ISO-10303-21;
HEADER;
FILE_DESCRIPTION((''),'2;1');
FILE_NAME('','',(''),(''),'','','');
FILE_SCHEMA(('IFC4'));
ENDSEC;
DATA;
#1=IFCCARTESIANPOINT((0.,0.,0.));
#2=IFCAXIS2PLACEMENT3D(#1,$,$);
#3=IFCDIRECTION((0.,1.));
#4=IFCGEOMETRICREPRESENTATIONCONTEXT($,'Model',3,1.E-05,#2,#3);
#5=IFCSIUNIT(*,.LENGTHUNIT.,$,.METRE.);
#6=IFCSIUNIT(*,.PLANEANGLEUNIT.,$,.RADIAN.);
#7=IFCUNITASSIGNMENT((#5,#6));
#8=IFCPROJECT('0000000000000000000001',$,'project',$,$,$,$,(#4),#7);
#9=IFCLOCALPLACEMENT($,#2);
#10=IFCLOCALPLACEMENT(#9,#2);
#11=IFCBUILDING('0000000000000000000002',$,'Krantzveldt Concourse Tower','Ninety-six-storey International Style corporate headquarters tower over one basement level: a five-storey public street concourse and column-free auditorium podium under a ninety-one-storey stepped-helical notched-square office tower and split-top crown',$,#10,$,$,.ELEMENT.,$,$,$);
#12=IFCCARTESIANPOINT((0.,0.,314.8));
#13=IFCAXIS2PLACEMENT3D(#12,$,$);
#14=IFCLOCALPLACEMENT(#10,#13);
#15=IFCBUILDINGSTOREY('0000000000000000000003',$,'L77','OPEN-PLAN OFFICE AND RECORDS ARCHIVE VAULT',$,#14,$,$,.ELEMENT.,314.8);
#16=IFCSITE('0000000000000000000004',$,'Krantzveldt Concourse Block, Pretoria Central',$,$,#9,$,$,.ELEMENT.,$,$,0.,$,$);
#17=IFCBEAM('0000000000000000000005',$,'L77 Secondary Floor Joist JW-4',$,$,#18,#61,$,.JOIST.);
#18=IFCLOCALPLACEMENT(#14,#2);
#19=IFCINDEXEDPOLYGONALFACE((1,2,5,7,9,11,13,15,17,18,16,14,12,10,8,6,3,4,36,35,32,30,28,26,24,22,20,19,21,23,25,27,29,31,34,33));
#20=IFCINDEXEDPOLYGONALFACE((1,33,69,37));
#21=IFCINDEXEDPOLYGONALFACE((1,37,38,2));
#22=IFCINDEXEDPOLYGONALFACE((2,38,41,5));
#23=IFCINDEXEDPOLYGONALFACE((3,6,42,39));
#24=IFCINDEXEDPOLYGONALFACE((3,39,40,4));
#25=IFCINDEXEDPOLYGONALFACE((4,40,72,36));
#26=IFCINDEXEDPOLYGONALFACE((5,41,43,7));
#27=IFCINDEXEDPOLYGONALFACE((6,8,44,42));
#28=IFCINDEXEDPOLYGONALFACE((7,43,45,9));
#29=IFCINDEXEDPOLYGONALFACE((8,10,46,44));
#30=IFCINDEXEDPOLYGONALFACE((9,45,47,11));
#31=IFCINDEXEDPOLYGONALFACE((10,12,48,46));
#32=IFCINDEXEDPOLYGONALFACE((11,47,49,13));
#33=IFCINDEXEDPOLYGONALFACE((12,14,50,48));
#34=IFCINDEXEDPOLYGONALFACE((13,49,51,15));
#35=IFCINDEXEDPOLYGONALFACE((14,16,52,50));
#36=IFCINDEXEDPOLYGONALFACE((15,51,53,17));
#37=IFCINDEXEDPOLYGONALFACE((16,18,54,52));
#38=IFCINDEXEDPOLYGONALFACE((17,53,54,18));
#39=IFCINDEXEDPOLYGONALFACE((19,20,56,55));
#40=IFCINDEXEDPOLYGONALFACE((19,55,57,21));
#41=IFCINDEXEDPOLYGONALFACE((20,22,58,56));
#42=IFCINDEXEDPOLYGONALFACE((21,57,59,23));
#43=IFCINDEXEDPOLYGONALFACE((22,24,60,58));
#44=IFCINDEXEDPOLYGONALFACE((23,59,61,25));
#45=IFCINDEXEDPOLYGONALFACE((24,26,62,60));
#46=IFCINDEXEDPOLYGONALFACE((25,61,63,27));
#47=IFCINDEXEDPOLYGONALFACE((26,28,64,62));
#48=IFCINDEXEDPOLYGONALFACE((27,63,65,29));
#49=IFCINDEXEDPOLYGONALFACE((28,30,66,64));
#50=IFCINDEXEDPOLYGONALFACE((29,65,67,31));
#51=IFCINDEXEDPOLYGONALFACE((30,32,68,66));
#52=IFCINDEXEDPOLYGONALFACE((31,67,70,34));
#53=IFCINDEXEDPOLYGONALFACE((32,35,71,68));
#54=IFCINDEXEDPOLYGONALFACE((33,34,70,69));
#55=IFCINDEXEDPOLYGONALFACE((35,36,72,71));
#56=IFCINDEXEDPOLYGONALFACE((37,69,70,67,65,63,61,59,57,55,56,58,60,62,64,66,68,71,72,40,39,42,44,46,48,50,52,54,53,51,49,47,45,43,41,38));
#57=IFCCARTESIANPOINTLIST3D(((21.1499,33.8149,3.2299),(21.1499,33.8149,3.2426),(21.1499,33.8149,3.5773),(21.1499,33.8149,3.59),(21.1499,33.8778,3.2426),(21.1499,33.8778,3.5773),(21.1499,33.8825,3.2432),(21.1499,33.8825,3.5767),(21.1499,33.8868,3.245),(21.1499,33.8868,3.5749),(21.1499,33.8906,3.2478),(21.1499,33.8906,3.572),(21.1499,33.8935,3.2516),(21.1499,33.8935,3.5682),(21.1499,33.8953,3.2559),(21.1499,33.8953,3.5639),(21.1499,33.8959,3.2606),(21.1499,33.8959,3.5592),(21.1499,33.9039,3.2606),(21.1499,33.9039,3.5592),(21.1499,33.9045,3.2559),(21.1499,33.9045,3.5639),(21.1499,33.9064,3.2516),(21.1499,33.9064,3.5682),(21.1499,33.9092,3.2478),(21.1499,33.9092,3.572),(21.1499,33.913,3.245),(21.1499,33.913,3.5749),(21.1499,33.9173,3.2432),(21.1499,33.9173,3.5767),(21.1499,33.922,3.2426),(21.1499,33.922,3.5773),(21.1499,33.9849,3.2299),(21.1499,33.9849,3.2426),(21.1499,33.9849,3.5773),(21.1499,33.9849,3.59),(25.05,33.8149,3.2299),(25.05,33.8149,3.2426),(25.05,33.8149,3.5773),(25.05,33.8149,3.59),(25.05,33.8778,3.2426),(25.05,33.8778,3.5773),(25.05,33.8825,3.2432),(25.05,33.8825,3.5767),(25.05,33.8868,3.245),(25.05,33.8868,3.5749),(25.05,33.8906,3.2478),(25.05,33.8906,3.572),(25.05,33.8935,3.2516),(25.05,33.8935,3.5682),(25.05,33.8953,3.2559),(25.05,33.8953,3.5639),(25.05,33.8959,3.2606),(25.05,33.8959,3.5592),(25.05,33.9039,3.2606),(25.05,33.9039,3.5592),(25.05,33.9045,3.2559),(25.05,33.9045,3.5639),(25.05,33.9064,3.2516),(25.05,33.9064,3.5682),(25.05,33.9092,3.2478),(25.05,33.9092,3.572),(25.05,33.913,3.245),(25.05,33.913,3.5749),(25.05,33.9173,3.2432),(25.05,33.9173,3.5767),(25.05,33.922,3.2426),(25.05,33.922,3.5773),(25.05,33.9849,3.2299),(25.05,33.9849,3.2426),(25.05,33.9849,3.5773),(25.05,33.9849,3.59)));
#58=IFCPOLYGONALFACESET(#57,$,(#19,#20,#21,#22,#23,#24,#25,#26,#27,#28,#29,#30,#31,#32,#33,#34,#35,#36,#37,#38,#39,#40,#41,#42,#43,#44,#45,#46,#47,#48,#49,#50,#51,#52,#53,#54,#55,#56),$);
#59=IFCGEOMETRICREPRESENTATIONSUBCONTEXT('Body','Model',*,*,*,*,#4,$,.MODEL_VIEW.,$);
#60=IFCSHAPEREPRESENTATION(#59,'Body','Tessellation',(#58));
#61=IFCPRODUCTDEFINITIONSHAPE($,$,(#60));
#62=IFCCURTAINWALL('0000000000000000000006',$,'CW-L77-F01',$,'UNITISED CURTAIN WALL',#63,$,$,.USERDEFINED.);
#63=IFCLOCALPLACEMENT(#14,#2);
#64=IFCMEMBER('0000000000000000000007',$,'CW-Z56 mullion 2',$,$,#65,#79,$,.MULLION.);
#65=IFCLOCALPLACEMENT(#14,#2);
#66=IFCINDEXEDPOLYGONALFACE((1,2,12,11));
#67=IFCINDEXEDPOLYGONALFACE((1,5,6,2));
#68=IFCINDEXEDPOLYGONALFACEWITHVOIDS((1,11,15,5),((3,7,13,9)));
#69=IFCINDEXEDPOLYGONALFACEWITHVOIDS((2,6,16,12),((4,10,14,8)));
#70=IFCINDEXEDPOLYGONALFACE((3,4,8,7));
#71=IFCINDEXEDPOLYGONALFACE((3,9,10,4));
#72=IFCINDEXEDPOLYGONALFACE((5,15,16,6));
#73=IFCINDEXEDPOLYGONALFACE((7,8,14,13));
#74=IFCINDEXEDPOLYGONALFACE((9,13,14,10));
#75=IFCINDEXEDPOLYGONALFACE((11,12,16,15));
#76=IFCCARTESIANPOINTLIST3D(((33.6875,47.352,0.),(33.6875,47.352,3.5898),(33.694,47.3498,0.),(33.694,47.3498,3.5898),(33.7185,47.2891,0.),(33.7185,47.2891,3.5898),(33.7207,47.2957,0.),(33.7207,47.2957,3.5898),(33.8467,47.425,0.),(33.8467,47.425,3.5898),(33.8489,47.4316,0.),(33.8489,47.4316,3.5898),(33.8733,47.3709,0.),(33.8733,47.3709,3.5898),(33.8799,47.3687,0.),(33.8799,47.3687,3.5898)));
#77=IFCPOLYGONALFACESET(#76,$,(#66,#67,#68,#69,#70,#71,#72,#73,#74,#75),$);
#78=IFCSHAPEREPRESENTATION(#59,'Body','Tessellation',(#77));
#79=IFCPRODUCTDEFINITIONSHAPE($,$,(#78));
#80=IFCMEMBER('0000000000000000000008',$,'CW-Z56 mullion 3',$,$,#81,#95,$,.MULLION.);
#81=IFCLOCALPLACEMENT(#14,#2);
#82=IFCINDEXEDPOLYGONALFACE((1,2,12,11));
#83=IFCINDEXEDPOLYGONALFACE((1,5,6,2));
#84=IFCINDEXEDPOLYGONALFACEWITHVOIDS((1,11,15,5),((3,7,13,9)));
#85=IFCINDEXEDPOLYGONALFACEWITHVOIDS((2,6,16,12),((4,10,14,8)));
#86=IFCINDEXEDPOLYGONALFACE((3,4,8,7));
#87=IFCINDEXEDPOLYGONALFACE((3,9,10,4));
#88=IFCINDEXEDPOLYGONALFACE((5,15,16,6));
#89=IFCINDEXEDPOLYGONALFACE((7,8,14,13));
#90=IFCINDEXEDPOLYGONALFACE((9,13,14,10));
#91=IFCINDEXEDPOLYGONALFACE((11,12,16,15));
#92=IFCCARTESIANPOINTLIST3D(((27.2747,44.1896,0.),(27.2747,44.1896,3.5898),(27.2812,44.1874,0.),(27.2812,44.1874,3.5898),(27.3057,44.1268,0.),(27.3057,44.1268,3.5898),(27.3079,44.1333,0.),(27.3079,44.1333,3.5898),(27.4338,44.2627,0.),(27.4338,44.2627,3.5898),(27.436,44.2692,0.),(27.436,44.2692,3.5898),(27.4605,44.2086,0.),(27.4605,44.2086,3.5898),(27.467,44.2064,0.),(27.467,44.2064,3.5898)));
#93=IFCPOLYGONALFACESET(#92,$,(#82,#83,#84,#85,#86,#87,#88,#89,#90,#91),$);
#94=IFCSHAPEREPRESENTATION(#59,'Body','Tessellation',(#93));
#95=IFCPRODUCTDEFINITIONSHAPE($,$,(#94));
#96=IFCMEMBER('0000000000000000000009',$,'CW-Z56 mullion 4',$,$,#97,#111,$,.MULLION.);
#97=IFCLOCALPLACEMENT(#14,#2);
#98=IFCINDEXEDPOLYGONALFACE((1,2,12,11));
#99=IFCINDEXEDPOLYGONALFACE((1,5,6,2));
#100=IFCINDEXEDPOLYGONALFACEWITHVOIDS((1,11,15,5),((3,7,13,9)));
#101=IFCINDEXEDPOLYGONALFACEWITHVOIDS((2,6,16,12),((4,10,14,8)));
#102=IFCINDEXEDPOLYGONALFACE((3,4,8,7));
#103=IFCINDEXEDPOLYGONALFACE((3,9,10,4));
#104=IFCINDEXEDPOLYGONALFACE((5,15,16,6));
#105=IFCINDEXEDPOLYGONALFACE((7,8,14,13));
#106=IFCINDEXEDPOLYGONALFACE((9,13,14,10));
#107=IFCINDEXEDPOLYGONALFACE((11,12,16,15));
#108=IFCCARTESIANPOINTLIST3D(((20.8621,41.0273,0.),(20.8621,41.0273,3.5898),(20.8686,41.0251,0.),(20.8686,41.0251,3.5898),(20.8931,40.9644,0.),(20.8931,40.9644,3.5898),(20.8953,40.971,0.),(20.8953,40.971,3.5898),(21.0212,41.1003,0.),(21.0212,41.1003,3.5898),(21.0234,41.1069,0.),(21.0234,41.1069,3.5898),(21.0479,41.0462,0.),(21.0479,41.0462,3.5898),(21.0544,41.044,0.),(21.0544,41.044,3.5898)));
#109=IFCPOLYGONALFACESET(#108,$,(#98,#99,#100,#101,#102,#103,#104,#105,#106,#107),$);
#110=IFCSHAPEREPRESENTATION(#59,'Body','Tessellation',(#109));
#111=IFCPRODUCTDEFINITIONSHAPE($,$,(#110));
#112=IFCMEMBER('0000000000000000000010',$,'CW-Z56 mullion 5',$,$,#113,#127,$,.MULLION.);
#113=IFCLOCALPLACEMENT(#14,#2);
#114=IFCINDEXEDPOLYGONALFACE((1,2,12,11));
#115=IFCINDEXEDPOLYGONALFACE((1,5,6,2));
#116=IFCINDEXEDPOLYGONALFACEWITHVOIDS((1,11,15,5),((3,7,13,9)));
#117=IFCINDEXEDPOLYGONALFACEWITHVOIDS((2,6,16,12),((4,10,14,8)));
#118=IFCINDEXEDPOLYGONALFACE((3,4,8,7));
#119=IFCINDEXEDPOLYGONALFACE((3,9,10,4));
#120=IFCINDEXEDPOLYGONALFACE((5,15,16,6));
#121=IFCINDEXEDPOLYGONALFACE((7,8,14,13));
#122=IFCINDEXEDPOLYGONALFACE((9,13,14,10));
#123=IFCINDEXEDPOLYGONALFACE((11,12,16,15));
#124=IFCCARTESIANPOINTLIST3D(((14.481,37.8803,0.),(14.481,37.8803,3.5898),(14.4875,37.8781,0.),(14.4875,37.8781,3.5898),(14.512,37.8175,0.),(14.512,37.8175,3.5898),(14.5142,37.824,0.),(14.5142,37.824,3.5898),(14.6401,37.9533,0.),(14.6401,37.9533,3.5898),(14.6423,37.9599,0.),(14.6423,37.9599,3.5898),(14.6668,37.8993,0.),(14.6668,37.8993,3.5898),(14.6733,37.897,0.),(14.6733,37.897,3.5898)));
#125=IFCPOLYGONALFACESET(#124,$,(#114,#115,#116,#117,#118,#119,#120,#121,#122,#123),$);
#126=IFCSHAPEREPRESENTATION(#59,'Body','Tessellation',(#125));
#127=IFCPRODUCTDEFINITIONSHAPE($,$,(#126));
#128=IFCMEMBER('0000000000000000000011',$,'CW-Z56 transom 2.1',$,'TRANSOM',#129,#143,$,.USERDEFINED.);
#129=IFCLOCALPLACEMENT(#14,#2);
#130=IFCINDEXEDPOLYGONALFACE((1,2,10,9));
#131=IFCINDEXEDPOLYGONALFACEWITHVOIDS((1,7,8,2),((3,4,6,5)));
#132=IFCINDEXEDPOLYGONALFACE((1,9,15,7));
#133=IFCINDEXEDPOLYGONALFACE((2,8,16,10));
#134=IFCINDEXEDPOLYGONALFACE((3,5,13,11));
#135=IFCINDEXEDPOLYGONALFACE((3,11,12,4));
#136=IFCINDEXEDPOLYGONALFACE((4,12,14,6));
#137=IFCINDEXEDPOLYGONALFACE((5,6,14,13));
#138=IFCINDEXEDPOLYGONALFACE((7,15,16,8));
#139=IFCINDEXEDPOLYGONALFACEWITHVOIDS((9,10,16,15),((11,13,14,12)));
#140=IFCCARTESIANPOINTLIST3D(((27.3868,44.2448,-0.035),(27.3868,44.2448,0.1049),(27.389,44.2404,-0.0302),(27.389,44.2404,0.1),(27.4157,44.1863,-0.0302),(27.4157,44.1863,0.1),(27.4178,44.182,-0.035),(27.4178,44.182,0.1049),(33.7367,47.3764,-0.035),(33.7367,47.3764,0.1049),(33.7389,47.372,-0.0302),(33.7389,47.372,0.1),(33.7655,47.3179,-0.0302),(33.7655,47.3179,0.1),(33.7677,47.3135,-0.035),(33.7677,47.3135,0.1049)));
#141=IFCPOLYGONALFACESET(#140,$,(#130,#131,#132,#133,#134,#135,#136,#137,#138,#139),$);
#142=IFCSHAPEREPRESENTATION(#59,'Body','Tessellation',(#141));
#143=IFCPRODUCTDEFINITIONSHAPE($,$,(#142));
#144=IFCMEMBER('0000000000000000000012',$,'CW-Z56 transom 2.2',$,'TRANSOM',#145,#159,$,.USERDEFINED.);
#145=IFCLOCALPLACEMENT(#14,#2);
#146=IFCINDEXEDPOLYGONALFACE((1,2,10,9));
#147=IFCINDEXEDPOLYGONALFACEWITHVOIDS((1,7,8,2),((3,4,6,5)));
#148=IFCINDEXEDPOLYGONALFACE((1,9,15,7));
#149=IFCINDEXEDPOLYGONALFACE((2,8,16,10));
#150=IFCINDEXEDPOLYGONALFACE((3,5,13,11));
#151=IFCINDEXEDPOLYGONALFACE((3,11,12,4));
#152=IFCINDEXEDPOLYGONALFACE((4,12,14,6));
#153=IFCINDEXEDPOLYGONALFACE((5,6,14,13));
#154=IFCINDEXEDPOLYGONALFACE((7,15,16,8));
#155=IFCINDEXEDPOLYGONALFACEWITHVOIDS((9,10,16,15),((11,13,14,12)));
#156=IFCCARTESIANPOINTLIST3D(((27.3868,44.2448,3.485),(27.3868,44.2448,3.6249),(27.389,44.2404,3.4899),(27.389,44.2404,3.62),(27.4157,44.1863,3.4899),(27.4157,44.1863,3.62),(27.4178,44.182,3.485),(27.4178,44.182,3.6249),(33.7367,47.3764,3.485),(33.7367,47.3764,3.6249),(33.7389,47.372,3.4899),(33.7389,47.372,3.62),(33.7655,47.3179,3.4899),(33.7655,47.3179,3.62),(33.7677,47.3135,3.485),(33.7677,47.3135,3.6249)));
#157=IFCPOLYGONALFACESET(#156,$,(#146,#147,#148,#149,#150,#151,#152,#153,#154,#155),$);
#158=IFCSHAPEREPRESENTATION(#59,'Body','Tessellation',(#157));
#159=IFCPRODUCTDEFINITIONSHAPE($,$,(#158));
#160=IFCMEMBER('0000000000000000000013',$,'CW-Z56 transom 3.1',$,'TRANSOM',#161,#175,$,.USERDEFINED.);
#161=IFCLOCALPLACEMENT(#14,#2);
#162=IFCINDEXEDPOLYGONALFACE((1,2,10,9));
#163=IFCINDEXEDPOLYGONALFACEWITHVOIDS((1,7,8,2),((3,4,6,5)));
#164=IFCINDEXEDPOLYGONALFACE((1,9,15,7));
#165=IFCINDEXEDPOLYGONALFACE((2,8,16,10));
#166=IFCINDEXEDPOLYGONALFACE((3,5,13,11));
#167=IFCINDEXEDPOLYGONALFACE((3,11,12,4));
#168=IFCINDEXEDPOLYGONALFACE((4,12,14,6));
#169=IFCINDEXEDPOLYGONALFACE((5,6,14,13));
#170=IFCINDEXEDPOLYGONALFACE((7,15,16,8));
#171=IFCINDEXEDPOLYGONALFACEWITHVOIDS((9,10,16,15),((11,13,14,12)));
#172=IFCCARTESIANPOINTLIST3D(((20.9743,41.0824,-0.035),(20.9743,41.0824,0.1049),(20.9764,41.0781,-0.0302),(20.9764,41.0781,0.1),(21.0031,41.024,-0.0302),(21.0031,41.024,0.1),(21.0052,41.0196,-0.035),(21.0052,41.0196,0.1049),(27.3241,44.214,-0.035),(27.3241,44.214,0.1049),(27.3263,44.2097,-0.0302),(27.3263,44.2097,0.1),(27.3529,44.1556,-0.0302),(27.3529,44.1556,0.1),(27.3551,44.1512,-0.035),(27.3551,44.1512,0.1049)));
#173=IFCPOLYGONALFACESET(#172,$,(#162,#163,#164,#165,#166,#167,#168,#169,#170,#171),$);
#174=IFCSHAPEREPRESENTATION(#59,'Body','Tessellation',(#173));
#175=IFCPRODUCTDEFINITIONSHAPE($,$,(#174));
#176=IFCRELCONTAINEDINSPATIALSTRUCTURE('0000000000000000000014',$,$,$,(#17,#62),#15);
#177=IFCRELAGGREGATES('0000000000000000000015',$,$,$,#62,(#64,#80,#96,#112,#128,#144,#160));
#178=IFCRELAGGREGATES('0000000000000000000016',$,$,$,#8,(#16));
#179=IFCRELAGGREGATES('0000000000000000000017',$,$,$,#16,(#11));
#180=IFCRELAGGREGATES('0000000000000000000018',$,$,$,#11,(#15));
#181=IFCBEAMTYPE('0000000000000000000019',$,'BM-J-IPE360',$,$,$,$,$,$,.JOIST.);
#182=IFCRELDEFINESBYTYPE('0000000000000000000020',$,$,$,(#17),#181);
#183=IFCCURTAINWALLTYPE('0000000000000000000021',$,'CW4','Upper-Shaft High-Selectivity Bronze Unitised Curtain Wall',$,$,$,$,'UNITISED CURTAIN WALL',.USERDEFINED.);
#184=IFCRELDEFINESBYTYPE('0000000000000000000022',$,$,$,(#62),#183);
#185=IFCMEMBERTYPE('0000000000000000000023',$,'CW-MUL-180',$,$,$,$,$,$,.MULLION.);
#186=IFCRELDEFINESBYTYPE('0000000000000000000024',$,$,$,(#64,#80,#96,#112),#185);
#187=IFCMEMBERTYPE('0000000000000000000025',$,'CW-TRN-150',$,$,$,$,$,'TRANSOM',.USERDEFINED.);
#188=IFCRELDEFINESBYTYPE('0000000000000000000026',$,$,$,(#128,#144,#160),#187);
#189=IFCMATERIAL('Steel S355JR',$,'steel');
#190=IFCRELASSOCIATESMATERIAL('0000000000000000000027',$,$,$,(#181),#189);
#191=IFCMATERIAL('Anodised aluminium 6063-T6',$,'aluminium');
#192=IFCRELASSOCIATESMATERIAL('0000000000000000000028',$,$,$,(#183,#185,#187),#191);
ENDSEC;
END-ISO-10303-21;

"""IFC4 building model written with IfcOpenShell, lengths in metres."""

from ifc_helpers import new_model, si_unit, direction, frame, origin, origin_2d, place, context, subcontext, project, spatial, hollow_rectangle, i_section, extrude, source, transform, mapped, material, material_profile, profile_set, type_object, type_shapes, element, aggregate, save


model = new_model("IFC4")

# Units and contexts
model_context = context("Model", 3, precision=1e-05, world=origin(), true_north=direction((0.0, 1.0)))
body_context = subcontext(model_context, "Body", "Model", "MODEL_VIEW")
ifc_project = project(units=[si_unit("LENGTHUNIT", "METRE"), si_unit("PLANEANGLEUNIT", "RADIAN")], contexts=[model_context])

# Site, building, storey
site_placement = place(None, origin())
site = spatial("IfcSite", under=ifc_project, at=site_placement, Name="Krantzveldt Concourse Block, Pretoria Central", CompositionType="ELEMENT", RefElevation=0.0)
building_placement = place(site_placement, origin())
building = spatial("IfcBuilding", under=site, at=building_placement, Name="Krantzveldt Concourse Tower", Description="Ninety-six-storey International Style corporate headquarters tower over one basement level: a five-storey public street concourse and column-free auditorium podium under a ninety-one-storey stepped-helical notched-square office tower and split-top crown", CompositionType="ELEMENT")
storey_placement = place(building_placement, frame((0.0, 0.0, 314.8)))
storey = spatial("IfcBuildingStorey", under=building, at=storey_placement, Name="L77", Description="OPEN-PLAN OFFICE AND RECORDS ARCHIVE VAULT", CompositionType="ELEMENT", Elevation=314.8)

# Beam
ifc_material_1 = material(Name="Steel S355JR", Category="steel")
ifc_material_profile_1 = material_profile(ifc_material_1, i_section(OverallWidth=0.1699, OverallDepth=0.3601, WebThickness=0.0081, FlangeThickness=0.0127, FilletRadius=0.0181, at=origin_2d()), Name="Steel S355JR", Category="steel")
ifc_profile_set_1 = profile_set([ifc_material_profile_1], Name="Steel S355JR - IPE 360")
beam_type_1 = type_object("IfcBeamType", Name="BM-J-IPE360", PredefinedType="JOIST", material=ifc_profile_set_1)
shared_shape_1 = source(origin(), body_context, "Body", "SweptSolid", [
    extrude(i_section(OverallWidth=0.1699, OverallDepth=0.3601, WebThickness=0.0081, FlangeThickness=0.0127, FilletRadius=0.0181, at=origin_2d()), origin(), (0.0, 0.0, 1.0), 3.9001),
])
beam_1_placement = place(storey_placement, frame((21.1499, 33.8999, 3.4099), z_axis=(1.0, 0.0, 0.0), x_axis=(0.0, 1.0, 0.0)))
element("IfcBeam", 1, at=beam_1_placement, inside=storey, type_object=beam_type_1, Name="L77 Secondary Floor Joist JW-4", PredefinedType="JOIST", context=body_context, shape_type="MappedRepresentation", body=[
    mapped(shared_shape_1, transform((0.0, 0.0, 0.0), x_axis=(1.0, 0.0, 0.0), y_axis=(0.0, 1.0, 0.0), z_axis=(0.0, 0.0, 1.0), scale=1.0)),
])

# Curtain wall, members
ifc_material_2 = material(Name="Anodised aluminium 6063-T6", Category="aluminium")
curtain_wall_type = type_object("IfcCurtainWallType", Name="CW4", Description="Upper-Shaft High-Selectivity Bronze Unitised Curtain Wall", ElementType="UNITISED CURTAIN WALL", PredefinedType="USERDEFINED", material=ifc_material_2)
curtain_wall_placement = place(storey_placement, origin())
curtain_wall = element("IfcCurtainWall", 2, at=curtain_wall_placement, inside=storey, type_object=curtain_wall_type, Name="CW-L77-F01", ObjectType="UNITISED CURTAIN WALL", PredefinedType="USERDEFINED")
ifc_material_profile_2 = material_profile(ifc_material_2, hollow_rectangle(XDim=0.0701, YDim=0.1799, WallThickness=0.0049, at=origin_2d()), Name="Anodised aluminium 6063-T6", Category="aluminium")
ifc_profile_set_2 = profile_set([ifc_material_profile_2], Name="Anodised aluminium 6063-T6 - ALU-MULL 180x70x5")
member_type_1 = type_object("IfcMemberType", Name="CW-MUL-180", PredefinedType="MULLION", material=ifc_profile_set_2)
shared_shape_2 = source(origin(), body_context, "Body", "SweptSolid", [
    extrude(hollow_rectangle(XDim=0.0701, YDim=0.1799, WallThickness=0.0049, at=origin_2d()), origin(), (0.0, 0.0, 1.0), 3.5898),
])
type_shapes(member_type_1, [shared_shape_2])
member_1_placement = place(storey_placement, frame((33.7837, 47.3604, 0.0), z_axis=(0.0, 0.0, 1.0), x_axis=(0.442289, -0.896873, 0.0)))
member_1 = element("IfcMember", 3, at=member_1_placement, type_object=member_type_1, Name="CW-Z56 mullion 2", PredefinedType="MULLION", context=body_context, shape_type="MappedRepresentation", body=[
    mapped(shared_shape_2, transform((0.0, 0.0, 0.0), x_axis=(1.0, 0.0, 0.0), y_axis=(0.0, 1.0, 0.0), z_axis=(0.0, 0.0, 1.0), scale=1.0)),
])
member_2_placement = place(storey_placement, frame((27.3708, 44.198, 0.0), z_axis=(0.0, 0.0, 1.0), x_axis=(0.442289, -0.896873, 0.0)))
member_2 = element("IfcMember", 4, at=member_2_placement, type_object=member_type_1, Name="CW-Z56 mullion 3", PredefinedType="MULLION", context=body_context, shape_type="MappedRepresentation", body=[
    mapped(shared_shape_2, transform((0.0, 0.0, 0.0), x_axis=(1.0, 0.0, 0.0), y_axis=(0.0, 1.0, 0.0), z_axis=(0.0, 0.0, 1.0), scale=1.0)),
])
member_3_placement = place(storey_placement, frame((20.9583, 41.0356, 0.0), z_axis=(0.0, 0.0, 1.0), x_axis=(0.442289, -0.896873, 0.0)))
member_3 = element("IfcMember", 5, at=member_3_placement, type_object=member_type_1, Name="CW-Z56 mullion 4", PredefinedType="MULLION", context=body_context, shape_type="MappedRepresentation", body=[
    mapped(shared_shape_2, transform((0.0, 0.0, 0.0), x_axis=(1.0, 0.0, 0.0), y_axis=(0.0, 1.0, 0.0), z_axis=(0.0, 0.0, 1.0), scale=1.0)),
])
member_4_placement = place(storey_placement, frame((14.5771, 37.8887, 0.0), z_axis=(0.0, 0.0, 1.0), x_axis=(0.442289, -0.896873, 0.0)))
member_4 = element("IfcMember", 6, at=member_4_placement, type_object=member_type_1, Name="CW-Z56 mullion 5", PredefinedType="MULLION", context=body_context, shape_type="MappedRepresentation", body=[
    mapped(shared_shape_2, transform((0.0, 0.0, 0.0), x_axis=(1.0, 0.0, 0.0), y_axis=(0.0, 1.0, 0.0), z_axis=(0.0, 0.0, 1.0), scale=1.0)),
])
ifc_material_profile_3 = material_profile(ifc_material_2, hollow_rectangle(XDim=0.0701, YDim=0.1399, WallThickness=0.0049, at=origin_2d()), Name="Anodised aluminium 6063-T6", Category="aluminium")
ifc_profile_set_3 = profile_set([ifc_material_profile_3], Name="Anodised aluminium 6063-T6 - ALU-TRAN 140x70x5")
member_type_2 = type_object("IfcMemberType", Name="CW-TRN-150", ElementType="TRANSOM", PredefinedType="USERDEFINED", material=ifc_profile_set_3)
shared_shape_3 = source(origin(), body_context, "Body", "SweptSolid", [
    extrude(hollow_rectangle(XDim=0.0701, YDim=0.1399, WallThickness=0.0049, at=origin_2d()), origin(), (0.0, 0.0, 1.0), 7.0801),
])
member_5_placement = place(storey_placement, frame((33.7522, 47.345, 0.0349), z_axis=(-0.896862, -0.44231, 0.0), x_axis=(0.44231, -0.896862, 0.0)))
member_5 = element("IfcMember", 7, at=member_5_placement, type_object=member_type_2, Name="CW-Z56 transom 2.1", ObjectType="TRANSOM", PredefinedType="USERDEFINED", context=body_context, shape_type="MappedRepresentation", body=[
    mapped(shared_shape_3, transform((0.0, 0.0, 0.0), x_axis=(1.0, 0.0, 0.0), y_axis=(0.0, 1.0, 0.0), z_axis=(0.0, 0.0, 1.0), scale=1.0)),
])
member_6_placement = place(storey_placement, frame((33.7522, 47.345, 3.5549), z_axis=(-0.896862, -0.44231, 0.0), x_axis=(0.44231, -0.896862, 0.0)))
member_6 = element("IfcMember", 8, at=member_6_placement, type_object=member_type_2, Name="CW-Z56 transom 2.2", ObjectType="TRANSOM", PredefinedType="USERDEFINED", context=body_context, shape_type="MappedRepresentation", body=[
    mapped(shared_shape_3, transform((0.0, 0.0, 0.0), x_axis=(1.0, 0.0, 0.0), y_axis=(0.0, 1.0, 0.0), z_axis=(0.0, 0.0, 1.0), scale=1.0)),
])
member_7_placement = place(storey_placement, frame((27.3396, 44.1826, 0.0349), z_axis=(-0.896862, -0.44231, 0.0), x_axis=(0.44231, -0.896862, 0.0)))
member_7 = element("IfcMember", 9, at=member_7_placement, type_object=member_type_2, Name="CW-Z56 transom 3.1", ObjectType="TRANSOM", PredefinedType="USERDEFINED", context=body_context, shape_type="MappedRepresentation", body=[
    mapped(shared_shape_3, transform((0.0, 0.0, 0.0), x_axis=(1.0, 0.0, 0.0), y_axis=(0.0, 1.0, 0.0), z_axis=(0.0, 0.0, 1.0), scale=1.0)),
])
aggregate(curtain_wall, [member_1, member_2, member_3, member_4, member_5, member_6, member_7])

save(model, "model.ifc")
